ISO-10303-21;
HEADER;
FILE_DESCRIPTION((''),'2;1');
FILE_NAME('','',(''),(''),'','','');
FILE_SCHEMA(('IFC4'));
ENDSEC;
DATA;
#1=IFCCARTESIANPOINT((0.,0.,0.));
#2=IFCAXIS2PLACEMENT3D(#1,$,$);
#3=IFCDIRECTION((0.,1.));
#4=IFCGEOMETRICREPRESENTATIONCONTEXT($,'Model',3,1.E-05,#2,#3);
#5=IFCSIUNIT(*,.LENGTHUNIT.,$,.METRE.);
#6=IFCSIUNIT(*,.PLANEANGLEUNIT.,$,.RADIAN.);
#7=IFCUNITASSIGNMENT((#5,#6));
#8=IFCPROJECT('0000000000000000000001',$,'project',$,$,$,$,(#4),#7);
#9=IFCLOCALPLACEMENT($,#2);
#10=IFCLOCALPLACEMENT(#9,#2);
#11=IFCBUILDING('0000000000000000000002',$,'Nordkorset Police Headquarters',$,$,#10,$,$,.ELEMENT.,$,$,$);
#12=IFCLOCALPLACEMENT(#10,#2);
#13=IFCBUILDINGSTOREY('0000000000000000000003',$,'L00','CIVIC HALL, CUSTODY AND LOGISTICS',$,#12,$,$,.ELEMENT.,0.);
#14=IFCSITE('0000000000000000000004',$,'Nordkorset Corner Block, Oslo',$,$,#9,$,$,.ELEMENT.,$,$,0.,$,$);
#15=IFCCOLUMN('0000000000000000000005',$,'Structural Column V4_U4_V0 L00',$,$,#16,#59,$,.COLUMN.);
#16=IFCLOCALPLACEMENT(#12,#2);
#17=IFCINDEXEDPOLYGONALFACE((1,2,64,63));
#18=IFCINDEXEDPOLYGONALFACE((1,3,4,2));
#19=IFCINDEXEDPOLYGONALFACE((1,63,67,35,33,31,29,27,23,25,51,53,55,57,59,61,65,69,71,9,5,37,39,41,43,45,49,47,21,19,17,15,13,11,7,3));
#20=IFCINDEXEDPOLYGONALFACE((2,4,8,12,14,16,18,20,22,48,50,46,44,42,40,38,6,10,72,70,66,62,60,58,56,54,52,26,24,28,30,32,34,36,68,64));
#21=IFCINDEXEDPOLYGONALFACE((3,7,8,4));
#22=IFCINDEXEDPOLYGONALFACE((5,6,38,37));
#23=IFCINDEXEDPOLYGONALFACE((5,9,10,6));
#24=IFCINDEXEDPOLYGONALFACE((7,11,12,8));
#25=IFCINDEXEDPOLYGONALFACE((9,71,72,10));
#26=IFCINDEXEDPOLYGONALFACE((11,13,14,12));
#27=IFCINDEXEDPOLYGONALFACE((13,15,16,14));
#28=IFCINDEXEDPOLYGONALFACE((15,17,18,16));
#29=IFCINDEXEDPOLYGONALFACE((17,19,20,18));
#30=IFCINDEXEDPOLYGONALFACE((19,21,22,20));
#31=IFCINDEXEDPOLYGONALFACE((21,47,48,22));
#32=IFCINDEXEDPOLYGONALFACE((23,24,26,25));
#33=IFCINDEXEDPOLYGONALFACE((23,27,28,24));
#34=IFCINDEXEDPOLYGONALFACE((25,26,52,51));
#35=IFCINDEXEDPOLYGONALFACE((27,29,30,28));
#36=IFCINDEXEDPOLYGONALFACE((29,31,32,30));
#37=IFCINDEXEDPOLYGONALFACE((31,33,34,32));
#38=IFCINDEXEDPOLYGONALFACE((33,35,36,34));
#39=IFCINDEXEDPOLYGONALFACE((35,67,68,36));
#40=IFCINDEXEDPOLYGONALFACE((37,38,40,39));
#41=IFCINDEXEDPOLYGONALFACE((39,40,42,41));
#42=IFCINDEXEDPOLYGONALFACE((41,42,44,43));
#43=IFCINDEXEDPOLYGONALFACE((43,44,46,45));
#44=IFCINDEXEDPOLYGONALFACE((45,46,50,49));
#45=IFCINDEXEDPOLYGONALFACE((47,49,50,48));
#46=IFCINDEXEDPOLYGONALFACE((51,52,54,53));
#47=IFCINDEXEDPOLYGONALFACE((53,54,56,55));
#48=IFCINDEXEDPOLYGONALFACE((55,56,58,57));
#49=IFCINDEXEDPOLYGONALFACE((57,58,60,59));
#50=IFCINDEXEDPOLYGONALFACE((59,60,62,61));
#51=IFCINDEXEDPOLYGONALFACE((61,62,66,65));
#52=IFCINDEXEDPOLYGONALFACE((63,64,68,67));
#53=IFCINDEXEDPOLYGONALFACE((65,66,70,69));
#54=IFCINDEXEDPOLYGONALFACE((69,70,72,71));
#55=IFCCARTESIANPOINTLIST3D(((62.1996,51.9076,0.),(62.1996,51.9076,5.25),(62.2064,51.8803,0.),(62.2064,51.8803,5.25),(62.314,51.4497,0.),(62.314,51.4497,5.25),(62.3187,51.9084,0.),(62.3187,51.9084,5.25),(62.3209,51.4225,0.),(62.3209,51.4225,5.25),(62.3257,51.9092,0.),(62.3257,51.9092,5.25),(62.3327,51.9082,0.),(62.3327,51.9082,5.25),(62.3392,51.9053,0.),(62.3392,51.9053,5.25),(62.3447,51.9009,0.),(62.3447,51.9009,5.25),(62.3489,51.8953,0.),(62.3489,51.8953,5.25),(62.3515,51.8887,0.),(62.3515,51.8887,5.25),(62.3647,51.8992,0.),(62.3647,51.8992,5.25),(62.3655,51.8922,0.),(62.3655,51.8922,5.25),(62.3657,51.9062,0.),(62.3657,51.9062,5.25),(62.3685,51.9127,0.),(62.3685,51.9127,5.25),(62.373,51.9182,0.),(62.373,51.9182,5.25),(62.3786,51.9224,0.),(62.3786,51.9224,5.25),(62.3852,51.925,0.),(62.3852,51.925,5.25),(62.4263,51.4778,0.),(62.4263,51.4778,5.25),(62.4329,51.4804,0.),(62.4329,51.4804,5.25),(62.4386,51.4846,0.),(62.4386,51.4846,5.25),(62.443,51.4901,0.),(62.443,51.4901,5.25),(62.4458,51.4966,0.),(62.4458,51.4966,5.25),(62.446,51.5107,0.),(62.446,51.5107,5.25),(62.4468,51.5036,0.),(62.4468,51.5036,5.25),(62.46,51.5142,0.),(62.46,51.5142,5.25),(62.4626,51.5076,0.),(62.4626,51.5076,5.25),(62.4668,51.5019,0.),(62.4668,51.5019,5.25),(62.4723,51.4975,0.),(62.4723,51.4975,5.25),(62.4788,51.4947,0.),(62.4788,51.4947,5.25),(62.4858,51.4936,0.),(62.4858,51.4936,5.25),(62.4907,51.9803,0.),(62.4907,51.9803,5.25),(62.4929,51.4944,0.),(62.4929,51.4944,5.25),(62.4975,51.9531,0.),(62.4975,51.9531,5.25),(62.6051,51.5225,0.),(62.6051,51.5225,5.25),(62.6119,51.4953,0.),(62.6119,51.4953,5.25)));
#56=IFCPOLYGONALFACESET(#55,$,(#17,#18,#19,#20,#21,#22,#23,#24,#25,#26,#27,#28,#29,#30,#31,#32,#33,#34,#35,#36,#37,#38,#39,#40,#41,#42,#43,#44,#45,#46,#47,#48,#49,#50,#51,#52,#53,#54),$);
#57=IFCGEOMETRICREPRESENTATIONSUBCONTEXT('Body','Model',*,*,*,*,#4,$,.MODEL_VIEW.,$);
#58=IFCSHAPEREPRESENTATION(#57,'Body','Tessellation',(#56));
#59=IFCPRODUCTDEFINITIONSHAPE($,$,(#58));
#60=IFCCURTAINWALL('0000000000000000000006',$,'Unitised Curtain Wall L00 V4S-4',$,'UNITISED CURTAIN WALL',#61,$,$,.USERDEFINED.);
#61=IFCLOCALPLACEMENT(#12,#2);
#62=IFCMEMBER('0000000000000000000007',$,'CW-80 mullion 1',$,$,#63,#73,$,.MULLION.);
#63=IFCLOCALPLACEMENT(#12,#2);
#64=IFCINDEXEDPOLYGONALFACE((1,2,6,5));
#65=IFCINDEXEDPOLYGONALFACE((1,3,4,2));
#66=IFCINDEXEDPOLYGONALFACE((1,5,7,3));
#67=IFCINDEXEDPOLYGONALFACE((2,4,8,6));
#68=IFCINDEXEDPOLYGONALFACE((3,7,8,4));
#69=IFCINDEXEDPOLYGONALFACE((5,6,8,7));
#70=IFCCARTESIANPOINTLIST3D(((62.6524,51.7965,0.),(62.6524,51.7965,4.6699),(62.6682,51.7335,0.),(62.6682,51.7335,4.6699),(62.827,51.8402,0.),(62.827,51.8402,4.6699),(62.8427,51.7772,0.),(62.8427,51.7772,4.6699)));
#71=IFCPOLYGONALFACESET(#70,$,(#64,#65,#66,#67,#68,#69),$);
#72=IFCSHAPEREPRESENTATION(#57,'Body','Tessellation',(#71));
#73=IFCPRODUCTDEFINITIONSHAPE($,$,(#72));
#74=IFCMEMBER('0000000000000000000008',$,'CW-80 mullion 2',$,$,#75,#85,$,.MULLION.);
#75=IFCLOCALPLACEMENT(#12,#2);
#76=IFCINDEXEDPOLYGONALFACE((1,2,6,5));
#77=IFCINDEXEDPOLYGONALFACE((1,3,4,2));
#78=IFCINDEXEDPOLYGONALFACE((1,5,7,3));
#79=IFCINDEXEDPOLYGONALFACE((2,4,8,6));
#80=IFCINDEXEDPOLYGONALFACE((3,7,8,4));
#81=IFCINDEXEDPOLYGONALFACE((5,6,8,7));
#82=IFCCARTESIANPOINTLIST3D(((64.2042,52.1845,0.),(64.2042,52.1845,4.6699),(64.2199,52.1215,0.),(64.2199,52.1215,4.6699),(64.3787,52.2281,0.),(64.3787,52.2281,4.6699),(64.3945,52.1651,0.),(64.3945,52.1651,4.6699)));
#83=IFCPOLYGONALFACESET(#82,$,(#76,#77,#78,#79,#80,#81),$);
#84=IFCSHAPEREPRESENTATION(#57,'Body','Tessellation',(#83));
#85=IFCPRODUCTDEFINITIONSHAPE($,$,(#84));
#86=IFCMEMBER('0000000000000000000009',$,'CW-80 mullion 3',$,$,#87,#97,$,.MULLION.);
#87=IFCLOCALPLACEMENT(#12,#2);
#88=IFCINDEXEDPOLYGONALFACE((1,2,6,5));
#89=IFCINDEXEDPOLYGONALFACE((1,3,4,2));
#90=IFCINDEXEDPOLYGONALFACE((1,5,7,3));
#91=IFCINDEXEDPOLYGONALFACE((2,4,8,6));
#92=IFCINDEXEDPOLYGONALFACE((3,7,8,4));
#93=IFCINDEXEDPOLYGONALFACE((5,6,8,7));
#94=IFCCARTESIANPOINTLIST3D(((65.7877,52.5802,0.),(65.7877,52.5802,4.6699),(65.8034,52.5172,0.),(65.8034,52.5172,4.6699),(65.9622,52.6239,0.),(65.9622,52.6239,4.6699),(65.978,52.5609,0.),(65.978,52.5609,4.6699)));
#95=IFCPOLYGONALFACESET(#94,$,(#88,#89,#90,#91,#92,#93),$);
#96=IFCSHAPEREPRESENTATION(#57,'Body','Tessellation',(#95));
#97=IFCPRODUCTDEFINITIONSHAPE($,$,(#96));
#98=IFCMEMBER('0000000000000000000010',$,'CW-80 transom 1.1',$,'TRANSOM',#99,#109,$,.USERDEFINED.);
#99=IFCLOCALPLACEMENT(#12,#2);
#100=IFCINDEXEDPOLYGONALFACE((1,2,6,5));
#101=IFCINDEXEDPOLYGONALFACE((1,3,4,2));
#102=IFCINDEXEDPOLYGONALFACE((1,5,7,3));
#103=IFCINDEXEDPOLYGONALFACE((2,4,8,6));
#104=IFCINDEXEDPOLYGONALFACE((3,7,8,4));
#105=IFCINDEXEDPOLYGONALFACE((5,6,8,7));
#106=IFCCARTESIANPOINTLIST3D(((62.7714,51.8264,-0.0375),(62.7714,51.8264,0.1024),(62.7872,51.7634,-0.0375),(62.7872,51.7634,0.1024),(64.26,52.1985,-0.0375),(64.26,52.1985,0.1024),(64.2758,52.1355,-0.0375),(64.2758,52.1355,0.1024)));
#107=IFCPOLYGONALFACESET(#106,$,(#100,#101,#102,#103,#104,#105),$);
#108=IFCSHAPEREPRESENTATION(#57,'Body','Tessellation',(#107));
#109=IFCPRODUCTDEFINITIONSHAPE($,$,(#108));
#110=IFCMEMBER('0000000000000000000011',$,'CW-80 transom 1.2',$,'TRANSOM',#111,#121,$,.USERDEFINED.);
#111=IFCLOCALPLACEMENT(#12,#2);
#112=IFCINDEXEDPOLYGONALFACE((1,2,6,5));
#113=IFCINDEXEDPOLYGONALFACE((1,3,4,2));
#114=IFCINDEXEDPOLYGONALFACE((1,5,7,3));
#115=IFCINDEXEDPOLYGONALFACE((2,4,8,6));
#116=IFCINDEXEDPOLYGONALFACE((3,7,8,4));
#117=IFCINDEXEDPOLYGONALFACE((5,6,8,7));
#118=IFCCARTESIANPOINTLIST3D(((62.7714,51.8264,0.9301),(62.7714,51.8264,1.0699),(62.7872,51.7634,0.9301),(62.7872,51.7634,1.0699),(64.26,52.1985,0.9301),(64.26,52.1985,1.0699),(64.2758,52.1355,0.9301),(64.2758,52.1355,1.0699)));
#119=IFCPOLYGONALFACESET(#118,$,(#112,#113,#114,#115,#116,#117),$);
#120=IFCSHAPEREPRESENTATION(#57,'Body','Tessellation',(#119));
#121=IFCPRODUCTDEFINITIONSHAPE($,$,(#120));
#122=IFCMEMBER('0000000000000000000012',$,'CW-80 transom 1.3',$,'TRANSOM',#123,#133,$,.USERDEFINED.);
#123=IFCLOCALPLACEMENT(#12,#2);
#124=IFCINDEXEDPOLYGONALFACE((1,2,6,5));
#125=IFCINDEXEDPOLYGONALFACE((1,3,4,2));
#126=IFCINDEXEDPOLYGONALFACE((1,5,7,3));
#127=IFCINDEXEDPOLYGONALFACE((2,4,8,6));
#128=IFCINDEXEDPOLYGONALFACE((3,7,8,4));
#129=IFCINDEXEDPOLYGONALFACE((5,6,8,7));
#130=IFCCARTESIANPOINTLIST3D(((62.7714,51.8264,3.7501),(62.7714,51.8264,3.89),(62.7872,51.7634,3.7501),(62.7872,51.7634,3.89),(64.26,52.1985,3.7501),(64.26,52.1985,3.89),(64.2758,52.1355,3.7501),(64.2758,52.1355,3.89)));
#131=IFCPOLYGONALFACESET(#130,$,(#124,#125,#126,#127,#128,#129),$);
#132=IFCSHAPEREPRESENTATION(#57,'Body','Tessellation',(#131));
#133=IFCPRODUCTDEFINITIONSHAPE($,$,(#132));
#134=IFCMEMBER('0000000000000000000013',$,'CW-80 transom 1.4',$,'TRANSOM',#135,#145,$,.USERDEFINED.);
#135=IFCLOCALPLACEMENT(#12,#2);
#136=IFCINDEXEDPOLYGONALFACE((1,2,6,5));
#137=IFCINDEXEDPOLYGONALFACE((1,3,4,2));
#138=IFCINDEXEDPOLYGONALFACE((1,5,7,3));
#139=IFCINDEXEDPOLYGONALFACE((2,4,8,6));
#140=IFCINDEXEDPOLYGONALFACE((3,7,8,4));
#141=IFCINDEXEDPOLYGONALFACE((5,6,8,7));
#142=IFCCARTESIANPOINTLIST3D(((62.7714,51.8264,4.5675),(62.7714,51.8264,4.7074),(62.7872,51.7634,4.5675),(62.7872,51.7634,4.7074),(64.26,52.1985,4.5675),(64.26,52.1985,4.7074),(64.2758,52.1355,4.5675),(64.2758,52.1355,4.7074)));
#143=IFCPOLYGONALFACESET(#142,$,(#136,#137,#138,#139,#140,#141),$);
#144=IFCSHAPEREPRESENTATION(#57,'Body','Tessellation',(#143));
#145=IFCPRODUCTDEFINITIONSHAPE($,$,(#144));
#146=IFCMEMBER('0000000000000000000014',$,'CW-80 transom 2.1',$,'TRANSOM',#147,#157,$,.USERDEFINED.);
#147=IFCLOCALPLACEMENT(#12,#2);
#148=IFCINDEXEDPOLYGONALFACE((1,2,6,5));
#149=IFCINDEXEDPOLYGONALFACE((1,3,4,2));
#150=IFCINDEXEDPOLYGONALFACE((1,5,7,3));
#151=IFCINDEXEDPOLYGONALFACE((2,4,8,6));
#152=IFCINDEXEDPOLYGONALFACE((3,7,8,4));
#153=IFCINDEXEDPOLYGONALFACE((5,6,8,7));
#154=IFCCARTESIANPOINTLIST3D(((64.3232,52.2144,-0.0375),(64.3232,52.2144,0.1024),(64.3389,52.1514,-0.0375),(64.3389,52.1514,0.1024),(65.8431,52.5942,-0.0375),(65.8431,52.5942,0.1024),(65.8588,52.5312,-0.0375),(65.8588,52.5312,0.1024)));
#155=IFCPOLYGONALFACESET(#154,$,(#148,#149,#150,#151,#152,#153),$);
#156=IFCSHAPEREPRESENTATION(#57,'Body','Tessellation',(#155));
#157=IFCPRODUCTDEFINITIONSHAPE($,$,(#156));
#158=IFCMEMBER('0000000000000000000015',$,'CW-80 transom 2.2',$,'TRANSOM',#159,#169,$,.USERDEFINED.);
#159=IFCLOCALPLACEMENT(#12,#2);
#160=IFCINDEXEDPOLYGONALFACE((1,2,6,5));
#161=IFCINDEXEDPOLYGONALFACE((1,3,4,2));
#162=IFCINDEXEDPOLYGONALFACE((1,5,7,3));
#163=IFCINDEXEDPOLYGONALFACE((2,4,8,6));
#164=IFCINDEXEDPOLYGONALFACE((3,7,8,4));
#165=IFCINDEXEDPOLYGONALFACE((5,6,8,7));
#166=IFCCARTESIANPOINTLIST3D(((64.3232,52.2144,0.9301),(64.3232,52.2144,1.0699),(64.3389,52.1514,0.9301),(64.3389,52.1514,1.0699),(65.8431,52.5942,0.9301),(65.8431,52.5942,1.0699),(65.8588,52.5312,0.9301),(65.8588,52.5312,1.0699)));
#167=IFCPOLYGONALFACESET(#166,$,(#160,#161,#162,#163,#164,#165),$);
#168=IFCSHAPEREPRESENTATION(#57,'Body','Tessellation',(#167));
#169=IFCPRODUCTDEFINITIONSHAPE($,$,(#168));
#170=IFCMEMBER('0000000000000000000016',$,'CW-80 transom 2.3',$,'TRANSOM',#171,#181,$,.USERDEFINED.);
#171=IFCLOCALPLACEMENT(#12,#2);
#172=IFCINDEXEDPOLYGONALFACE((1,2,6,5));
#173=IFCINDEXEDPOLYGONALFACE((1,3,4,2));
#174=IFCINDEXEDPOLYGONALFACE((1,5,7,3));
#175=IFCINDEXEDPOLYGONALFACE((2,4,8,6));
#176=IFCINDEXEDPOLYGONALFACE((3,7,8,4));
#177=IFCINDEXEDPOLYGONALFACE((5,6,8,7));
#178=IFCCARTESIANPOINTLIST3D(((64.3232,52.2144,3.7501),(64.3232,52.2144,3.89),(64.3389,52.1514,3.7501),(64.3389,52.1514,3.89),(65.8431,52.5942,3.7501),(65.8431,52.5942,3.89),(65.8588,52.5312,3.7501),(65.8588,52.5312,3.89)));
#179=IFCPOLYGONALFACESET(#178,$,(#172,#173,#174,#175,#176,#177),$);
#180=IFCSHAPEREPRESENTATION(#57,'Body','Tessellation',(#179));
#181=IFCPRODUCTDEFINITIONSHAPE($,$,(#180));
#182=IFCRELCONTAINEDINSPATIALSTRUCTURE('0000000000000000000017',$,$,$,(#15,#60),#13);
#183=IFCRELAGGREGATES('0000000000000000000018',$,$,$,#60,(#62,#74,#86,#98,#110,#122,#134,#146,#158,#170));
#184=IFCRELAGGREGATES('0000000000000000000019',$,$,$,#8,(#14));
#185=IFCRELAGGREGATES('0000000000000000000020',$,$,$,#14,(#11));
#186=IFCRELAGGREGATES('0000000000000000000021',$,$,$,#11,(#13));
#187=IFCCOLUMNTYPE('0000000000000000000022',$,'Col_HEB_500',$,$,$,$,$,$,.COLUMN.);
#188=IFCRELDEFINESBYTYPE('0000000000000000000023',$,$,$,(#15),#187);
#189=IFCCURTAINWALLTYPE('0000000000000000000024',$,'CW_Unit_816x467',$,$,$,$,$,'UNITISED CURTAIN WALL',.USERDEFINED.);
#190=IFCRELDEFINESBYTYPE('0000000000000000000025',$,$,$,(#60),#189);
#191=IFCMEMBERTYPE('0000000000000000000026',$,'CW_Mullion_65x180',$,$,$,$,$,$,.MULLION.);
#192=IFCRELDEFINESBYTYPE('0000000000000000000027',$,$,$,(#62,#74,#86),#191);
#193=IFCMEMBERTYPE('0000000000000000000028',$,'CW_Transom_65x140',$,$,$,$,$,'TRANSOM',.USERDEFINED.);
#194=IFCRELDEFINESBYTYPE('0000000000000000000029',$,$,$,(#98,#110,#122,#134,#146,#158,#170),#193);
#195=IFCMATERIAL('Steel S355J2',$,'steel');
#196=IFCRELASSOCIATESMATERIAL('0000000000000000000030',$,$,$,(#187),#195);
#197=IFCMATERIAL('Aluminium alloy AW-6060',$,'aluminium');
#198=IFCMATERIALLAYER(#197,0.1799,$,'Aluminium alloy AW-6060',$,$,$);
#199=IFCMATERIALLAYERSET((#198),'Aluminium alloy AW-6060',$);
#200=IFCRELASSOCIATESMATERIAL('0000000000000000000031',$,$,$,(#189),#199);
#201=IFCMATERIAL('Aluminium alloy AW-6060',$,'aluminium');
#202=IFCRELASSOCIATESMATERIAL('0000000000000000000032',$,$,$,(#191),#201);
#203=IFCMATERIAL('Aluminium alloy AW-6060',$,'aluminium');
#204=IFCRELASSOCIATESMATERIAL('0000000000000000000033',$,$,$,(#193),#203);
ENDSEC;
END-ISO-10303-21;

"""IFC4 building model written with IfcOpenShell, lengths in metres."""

from ifc_helpers import new_model, si_unit, direction, frame, origin, origin_2d, place, context, subcontext, project, spatial, rectangle, i_section, extrude, material, layer, layer_set, material_profile, profile_set, type_object, element, aggregate, save


model = new_model("IFC4")

# Units and contexts
model_context = context("Model", 3, precision=1e-05, world=origin(), true_north=direction((0.0, 1.0)))
body_context = subcontext(model_context, "Body", "Model", "MODEL_VIEW")
ifc_project = project(units=[si_unit("LENGTHUNIT", "METRE"), si_unit("PLANEANGLEUNIT", "RADIAN")], contexts=[model_context])

# Site, building, storey
site_placement = place(None, origin())
site = spatial("IfcSite", under=ifc_project, at=site_placement, Name="Nordkorset Corner Block, Oslo", CompositionType="ELEMENT", RefElevation=0.0)
building_placement = place(site_placement, origin())
building = spatial("IfcBuilding", under=site, at=building_placement, Name="Nordkorset Police Headquarters", CompositionType="ELEMENT")
storey_placement = place(building_placement, origin())
storey = spatial("IfcBuildingStorey", under=building, at=storey_placement, Name="L00", Description="CIVIC HALL, CUSTODY AND LOGISTICS", CompositionType="ELEMENT", Elevation=0.0)

# Column
ifc_material_1 = material(Name="Steel S355J2", Category="steel")
ifc_material_profile_1 = material_profile(ifc_material_1, i_section(OverallWidth=0.3, OverallDepth=0.5, WebThickness=0.0144, FlangeThickness=0.0281, FilletRadius=0.0271, at=origin_2d()), Name="HEB 500")
ifc_profile_set_1 = profile_set([ifc_material_profile_1], Name="Steel S355J2")
column_type = type_object("IfcColumnType", Name="Col_HEB_500", PredefinedType="COLUMN", material=ifc_profile_set_1)
column_placement = place(storey_placement, frame((62.4058, 51.7014, 0.0), z_axis=(0.0, 0.0, 1.0), x_axis=(0.970143, 0.242536, 0.0)))
element("IfcColumn", 1, at=column_placement, inside=storey, type_object=column_type, Name="Structural Column V4_U4_V0 L00", PredefinedType="COLUMN", context=body_context, shape_type="SweptSolid", body=[
    extrude(i_section(OverallWidth=0.3, OverallDepth=0.5, WebThickness=0.0144, FlangeThickness=0.0281, FilletRadius=0.0271, at=origin_2d()), origin(), (0.0, 0.0, 1.0), 5.25),
])

# Curtain wall, members
ifc_material_2 = material(Name="Aluminium alloy AW-6060", Category="aluminium")
ifc_layer_1 = layer(ifc_material_2, 0.1799, Name="Aluminium alloy AW-6060")
ifc_layer_set_1 = layer_set([ifc_layer_1], Name="Aluminium alloy AW-6060")
curtain_wall_type = type_object("IfcCurtainWallType", Name="CW_Unit_816x467", ElementType="UNITISED CURTAIN WALL", PredefinedType="USERDEFINED", material=ifc_layer_set_1)
curtain_wall_placement = place(storey_placement, origin())
curtain_wall = element("IfcCurtainWall", 2, at=curtain_wall_placement, inside=storey, type_object=curtain_wall_type, Name="Unitised Curtain Wall L00 V4S-4", ObjectType="UNITISED CURTAIN WALL", PredefinedType="USERDEFINED")
ifc_material_3 = material(Name="Aluminium alloy AW-6060", Category="aluminium")
ifc_material_profile_2 = material_profile(ifc_material_3, rectangle(XDim=0.0649, YDim=0.1799, at=origin_2d()), Name="ALU MULL 65x180")
ifc_profile_set_2 = profile_set([ifc_material_profile_2], Name="Aluminium alloy AW-6060")
member_type_1 = type_object("IfcMemberType", Name="CW_Mullion_65x180", PredefinedType="MULLION", material=ifc_profile_set_2)
member_1_placement = place(storey_placement, frame((62.7476, 51.7869, 0.0), z_axis=(0.0, 0.0, 1.0), x_axis=(-0.242536, 0.970143, 0.0)))
member_1 = element("IfcMember", 3, at=member_1_placement, type_object=member_type_1, Name="CW-80 mullion 1", PredefinedType="MULLION", context=body_context, shape_type="SweptSolid", body=[
    extrude(rectangle(XDim=0.0649, YDim=0.1799, at=origin_2d()), origin(), (0.0, 0.0, 1.0), 4.6699),
])
member_2_placement = place(storey_placement, frame((64.2993, 52.1748, 0.0), z_axis=(0.0, 0.0, 1.0), x_axis=(-0.242536, 0.970143, 0.0)))
member_2 = element("IfcMember", 4, at=member_2_placement, type_object=member_type_1, Name="CW-80 mullion 2", PredefinedType="MULLION", context=body_context, shape_type="SweptSolid", body=[
    extrude(rectangle(XDim=0.0649, YDim=0.1799, at=origin_2d()), origin(), (0.0, 0.0, 1.0), 4.6699),
])
member_3_placement = place(storey_placement, frame((65.8828, 52.5706, 0.0), z_axis=(0.0, 0.0, 1.0), x_axis=(-0.242536, 0.970143, 0.0)))
member_3 = element("IfcMember", 5, at=member_3_placement, type_object=member_type_1, Name="CW-80 mullion 3", PredefinedType="MULLION", context=body_context, shape_type="SweptSolid", body=[
    extrude(rectangle(XDim=0.0649, YDim=0.1799, at=origin_2d()), origin(), (0.0, 0.0, 1.0), 4.6699),
])
ifc_material_4 = material(Name="Aluminium alloy AW-6060", Category="aluminium")
ifc_material_profile_3 = material_profile(ifc_material_4, rectangle(XDim=0.0649, YDim=0.1399, at=origin_2d()), Name="ALU TRAN 65x140")
ifc_profile_set_3 = profile_set([ifc_material_profile_3], Name="Aluminium alloy AW-6060")
member_type_2 = type_object("IfcMemberType", Name="CW_Transom_65x140", ElementType="TRANSOM", PredefinedType="USERDEFINED", material=ifc_profile_set_3)
member_4_placement = place(storey_placement, frame((62.7793, 51.7949, 0.0325), z_axis=(0.970152, 0.242498, 0.0), x_axis=(-0.242498, 0.970152, 0.0)))
member_4 = element("IfcMember", 6, at=member_4_placement, type_object=member_type_2, Name="CW-80 transom 1.1", ObjectType="TRANSOM", PredefinedType="USERDEFINED", context=body_context, shape_type="SweptSolid", body=[
    extrude(rectangle(XDim=0.0649, YDim=0.1399, at=origin_2d()), origin(), (0.0, 0.0, 1.0), 1.5344),
])
member_5_placement = place(storey_placement, frame((62.7793, 51.7949, 1.0), z_axis=(0.970152, 0.242498, 0.0), x_axis=(-0.242498, 0.970152, 0.0)))
member_5 = element("IfcMember", 7, at=member_5_placement, type_object=member_type_2, Name="CW-80 transom 1.2", ObjectType="TRANSOM", PredefinedType="USERDEFINED", context=body_context, shape_type="SweptSolid", body=[
    extrude(rectangle(XDim=0.0649, YDim=0.1399, at=origin_2d()), origin(), (0.0, 0.0, 1.0), 1.5344),
])
member_6_placement = place(storey_placement, frame((62.7793, 51.7949, 3.8201), z_axis=(0.970152, 0.242498, 0.0), x_axis=(-0.242498, 0.970152, 0.0)))
member_6 = element("IfcMember", 8, at=member_6_placement, type_object=member_type_2, Name="CW-80 transom 1.3", ObjectType="TRANSOM", PredefinedType="USERDEFINED", context=body_context, shape_type="SweptSolid", body=[
    extrude(rectangle(XDim=0.0649, YDim=0.1399, at=origin_2d()), origin(), (0.0, 0.0, 1.0), 1.5344),
])
member_7_placement = place(storey_placement, frame((62.7793, 51.7949, 4.6375), z_axis=(0.970152, 0.242498, 0.0), x_axis=(-0.242498, 0.970152, 0.0)))
member_7 = element("IfcMember", 9, at=member_7_placement, type_object=member_type_2, Name="CW-80 transom 1.4", ObjectType="TRANSOM", PredefinedType="USERDEFINED", context=body_context, shape_type="SweptSolid", body=[
    extrude(rectangle(XDim=0.0649, YDim=0.1399, at=origin_2d()), origin(), (0.0, 0.0, 1.0), 1.5344),
])
member_8_placement = place(storey_placement, frame((64.3311, 52.1829, 0.0325), z_axis=(0.970161, 0.242462, 0.0), x_axis=(-0.242462, 0.970161, 0.0)))
member_8 = element("IfcMember", 10, at=member_8_placement, type_object=member_type_2, Name="CW-80 transom 2.1", ObjectType="TRANSOM", PredefinedType="USERDEFINED", context=body_context, shape_type="SweptSolid", body=[
    extrude(rectangle(XDim=0.0649, YDim=0.1399, at=origin_2d()), origin(), (0.0, 0.0, 1.0), 1.5667),
])
member_9_placement = place(storey_placement, frame((64.3311, 52.1829, 1.0), z_axis=(0.970161, 0.242462, 0.0), x_axis=(-0.242462, 0.970161, 0.0)))
member_9 = element("IfcMember", 11, at=member_9_placement, type_object=member_type_2, Name="CW-80 transom 2.2", ObjectType="TRANSOM", PredefinedType="USERDEFINED", context=body_context, shape_type="SweptSolid", body=[
    extrude(rectangle(XDim=0.0649, YDim=0.1399, at=origin_2d()), origin(), (0.0, 0.0, 1.0), 1.5667),
])
member_10_placement = place(storey_placement, frame((64.3311, 52.1829, 3.8201), z_axis=(0.970161, 0.242462, 0.0), x_axis=(-0.242462, 0.970161, 0.0)))
member_10 = element("IfcMember", 12, at=member_10_placement, type_object=member_type_2, Name="CW-80 transom 2.3", ObjectType="TRANSOM", PredefinedType="USERDEFINED", context=body_context, shape_type="SweptSolid", body=[
    extrude(rectangle(XDim=0.0649, YDim=0.1399, at=origin_2d()), origin(), (0.0, 0.0, 1.0), 1.5667),
])

aggregate(curtain_wall, [member_1, member_2, member_3, member_4, member_5, member_6, member_7, member_8, member_9, member_10])

save(model, "model.ifc")
